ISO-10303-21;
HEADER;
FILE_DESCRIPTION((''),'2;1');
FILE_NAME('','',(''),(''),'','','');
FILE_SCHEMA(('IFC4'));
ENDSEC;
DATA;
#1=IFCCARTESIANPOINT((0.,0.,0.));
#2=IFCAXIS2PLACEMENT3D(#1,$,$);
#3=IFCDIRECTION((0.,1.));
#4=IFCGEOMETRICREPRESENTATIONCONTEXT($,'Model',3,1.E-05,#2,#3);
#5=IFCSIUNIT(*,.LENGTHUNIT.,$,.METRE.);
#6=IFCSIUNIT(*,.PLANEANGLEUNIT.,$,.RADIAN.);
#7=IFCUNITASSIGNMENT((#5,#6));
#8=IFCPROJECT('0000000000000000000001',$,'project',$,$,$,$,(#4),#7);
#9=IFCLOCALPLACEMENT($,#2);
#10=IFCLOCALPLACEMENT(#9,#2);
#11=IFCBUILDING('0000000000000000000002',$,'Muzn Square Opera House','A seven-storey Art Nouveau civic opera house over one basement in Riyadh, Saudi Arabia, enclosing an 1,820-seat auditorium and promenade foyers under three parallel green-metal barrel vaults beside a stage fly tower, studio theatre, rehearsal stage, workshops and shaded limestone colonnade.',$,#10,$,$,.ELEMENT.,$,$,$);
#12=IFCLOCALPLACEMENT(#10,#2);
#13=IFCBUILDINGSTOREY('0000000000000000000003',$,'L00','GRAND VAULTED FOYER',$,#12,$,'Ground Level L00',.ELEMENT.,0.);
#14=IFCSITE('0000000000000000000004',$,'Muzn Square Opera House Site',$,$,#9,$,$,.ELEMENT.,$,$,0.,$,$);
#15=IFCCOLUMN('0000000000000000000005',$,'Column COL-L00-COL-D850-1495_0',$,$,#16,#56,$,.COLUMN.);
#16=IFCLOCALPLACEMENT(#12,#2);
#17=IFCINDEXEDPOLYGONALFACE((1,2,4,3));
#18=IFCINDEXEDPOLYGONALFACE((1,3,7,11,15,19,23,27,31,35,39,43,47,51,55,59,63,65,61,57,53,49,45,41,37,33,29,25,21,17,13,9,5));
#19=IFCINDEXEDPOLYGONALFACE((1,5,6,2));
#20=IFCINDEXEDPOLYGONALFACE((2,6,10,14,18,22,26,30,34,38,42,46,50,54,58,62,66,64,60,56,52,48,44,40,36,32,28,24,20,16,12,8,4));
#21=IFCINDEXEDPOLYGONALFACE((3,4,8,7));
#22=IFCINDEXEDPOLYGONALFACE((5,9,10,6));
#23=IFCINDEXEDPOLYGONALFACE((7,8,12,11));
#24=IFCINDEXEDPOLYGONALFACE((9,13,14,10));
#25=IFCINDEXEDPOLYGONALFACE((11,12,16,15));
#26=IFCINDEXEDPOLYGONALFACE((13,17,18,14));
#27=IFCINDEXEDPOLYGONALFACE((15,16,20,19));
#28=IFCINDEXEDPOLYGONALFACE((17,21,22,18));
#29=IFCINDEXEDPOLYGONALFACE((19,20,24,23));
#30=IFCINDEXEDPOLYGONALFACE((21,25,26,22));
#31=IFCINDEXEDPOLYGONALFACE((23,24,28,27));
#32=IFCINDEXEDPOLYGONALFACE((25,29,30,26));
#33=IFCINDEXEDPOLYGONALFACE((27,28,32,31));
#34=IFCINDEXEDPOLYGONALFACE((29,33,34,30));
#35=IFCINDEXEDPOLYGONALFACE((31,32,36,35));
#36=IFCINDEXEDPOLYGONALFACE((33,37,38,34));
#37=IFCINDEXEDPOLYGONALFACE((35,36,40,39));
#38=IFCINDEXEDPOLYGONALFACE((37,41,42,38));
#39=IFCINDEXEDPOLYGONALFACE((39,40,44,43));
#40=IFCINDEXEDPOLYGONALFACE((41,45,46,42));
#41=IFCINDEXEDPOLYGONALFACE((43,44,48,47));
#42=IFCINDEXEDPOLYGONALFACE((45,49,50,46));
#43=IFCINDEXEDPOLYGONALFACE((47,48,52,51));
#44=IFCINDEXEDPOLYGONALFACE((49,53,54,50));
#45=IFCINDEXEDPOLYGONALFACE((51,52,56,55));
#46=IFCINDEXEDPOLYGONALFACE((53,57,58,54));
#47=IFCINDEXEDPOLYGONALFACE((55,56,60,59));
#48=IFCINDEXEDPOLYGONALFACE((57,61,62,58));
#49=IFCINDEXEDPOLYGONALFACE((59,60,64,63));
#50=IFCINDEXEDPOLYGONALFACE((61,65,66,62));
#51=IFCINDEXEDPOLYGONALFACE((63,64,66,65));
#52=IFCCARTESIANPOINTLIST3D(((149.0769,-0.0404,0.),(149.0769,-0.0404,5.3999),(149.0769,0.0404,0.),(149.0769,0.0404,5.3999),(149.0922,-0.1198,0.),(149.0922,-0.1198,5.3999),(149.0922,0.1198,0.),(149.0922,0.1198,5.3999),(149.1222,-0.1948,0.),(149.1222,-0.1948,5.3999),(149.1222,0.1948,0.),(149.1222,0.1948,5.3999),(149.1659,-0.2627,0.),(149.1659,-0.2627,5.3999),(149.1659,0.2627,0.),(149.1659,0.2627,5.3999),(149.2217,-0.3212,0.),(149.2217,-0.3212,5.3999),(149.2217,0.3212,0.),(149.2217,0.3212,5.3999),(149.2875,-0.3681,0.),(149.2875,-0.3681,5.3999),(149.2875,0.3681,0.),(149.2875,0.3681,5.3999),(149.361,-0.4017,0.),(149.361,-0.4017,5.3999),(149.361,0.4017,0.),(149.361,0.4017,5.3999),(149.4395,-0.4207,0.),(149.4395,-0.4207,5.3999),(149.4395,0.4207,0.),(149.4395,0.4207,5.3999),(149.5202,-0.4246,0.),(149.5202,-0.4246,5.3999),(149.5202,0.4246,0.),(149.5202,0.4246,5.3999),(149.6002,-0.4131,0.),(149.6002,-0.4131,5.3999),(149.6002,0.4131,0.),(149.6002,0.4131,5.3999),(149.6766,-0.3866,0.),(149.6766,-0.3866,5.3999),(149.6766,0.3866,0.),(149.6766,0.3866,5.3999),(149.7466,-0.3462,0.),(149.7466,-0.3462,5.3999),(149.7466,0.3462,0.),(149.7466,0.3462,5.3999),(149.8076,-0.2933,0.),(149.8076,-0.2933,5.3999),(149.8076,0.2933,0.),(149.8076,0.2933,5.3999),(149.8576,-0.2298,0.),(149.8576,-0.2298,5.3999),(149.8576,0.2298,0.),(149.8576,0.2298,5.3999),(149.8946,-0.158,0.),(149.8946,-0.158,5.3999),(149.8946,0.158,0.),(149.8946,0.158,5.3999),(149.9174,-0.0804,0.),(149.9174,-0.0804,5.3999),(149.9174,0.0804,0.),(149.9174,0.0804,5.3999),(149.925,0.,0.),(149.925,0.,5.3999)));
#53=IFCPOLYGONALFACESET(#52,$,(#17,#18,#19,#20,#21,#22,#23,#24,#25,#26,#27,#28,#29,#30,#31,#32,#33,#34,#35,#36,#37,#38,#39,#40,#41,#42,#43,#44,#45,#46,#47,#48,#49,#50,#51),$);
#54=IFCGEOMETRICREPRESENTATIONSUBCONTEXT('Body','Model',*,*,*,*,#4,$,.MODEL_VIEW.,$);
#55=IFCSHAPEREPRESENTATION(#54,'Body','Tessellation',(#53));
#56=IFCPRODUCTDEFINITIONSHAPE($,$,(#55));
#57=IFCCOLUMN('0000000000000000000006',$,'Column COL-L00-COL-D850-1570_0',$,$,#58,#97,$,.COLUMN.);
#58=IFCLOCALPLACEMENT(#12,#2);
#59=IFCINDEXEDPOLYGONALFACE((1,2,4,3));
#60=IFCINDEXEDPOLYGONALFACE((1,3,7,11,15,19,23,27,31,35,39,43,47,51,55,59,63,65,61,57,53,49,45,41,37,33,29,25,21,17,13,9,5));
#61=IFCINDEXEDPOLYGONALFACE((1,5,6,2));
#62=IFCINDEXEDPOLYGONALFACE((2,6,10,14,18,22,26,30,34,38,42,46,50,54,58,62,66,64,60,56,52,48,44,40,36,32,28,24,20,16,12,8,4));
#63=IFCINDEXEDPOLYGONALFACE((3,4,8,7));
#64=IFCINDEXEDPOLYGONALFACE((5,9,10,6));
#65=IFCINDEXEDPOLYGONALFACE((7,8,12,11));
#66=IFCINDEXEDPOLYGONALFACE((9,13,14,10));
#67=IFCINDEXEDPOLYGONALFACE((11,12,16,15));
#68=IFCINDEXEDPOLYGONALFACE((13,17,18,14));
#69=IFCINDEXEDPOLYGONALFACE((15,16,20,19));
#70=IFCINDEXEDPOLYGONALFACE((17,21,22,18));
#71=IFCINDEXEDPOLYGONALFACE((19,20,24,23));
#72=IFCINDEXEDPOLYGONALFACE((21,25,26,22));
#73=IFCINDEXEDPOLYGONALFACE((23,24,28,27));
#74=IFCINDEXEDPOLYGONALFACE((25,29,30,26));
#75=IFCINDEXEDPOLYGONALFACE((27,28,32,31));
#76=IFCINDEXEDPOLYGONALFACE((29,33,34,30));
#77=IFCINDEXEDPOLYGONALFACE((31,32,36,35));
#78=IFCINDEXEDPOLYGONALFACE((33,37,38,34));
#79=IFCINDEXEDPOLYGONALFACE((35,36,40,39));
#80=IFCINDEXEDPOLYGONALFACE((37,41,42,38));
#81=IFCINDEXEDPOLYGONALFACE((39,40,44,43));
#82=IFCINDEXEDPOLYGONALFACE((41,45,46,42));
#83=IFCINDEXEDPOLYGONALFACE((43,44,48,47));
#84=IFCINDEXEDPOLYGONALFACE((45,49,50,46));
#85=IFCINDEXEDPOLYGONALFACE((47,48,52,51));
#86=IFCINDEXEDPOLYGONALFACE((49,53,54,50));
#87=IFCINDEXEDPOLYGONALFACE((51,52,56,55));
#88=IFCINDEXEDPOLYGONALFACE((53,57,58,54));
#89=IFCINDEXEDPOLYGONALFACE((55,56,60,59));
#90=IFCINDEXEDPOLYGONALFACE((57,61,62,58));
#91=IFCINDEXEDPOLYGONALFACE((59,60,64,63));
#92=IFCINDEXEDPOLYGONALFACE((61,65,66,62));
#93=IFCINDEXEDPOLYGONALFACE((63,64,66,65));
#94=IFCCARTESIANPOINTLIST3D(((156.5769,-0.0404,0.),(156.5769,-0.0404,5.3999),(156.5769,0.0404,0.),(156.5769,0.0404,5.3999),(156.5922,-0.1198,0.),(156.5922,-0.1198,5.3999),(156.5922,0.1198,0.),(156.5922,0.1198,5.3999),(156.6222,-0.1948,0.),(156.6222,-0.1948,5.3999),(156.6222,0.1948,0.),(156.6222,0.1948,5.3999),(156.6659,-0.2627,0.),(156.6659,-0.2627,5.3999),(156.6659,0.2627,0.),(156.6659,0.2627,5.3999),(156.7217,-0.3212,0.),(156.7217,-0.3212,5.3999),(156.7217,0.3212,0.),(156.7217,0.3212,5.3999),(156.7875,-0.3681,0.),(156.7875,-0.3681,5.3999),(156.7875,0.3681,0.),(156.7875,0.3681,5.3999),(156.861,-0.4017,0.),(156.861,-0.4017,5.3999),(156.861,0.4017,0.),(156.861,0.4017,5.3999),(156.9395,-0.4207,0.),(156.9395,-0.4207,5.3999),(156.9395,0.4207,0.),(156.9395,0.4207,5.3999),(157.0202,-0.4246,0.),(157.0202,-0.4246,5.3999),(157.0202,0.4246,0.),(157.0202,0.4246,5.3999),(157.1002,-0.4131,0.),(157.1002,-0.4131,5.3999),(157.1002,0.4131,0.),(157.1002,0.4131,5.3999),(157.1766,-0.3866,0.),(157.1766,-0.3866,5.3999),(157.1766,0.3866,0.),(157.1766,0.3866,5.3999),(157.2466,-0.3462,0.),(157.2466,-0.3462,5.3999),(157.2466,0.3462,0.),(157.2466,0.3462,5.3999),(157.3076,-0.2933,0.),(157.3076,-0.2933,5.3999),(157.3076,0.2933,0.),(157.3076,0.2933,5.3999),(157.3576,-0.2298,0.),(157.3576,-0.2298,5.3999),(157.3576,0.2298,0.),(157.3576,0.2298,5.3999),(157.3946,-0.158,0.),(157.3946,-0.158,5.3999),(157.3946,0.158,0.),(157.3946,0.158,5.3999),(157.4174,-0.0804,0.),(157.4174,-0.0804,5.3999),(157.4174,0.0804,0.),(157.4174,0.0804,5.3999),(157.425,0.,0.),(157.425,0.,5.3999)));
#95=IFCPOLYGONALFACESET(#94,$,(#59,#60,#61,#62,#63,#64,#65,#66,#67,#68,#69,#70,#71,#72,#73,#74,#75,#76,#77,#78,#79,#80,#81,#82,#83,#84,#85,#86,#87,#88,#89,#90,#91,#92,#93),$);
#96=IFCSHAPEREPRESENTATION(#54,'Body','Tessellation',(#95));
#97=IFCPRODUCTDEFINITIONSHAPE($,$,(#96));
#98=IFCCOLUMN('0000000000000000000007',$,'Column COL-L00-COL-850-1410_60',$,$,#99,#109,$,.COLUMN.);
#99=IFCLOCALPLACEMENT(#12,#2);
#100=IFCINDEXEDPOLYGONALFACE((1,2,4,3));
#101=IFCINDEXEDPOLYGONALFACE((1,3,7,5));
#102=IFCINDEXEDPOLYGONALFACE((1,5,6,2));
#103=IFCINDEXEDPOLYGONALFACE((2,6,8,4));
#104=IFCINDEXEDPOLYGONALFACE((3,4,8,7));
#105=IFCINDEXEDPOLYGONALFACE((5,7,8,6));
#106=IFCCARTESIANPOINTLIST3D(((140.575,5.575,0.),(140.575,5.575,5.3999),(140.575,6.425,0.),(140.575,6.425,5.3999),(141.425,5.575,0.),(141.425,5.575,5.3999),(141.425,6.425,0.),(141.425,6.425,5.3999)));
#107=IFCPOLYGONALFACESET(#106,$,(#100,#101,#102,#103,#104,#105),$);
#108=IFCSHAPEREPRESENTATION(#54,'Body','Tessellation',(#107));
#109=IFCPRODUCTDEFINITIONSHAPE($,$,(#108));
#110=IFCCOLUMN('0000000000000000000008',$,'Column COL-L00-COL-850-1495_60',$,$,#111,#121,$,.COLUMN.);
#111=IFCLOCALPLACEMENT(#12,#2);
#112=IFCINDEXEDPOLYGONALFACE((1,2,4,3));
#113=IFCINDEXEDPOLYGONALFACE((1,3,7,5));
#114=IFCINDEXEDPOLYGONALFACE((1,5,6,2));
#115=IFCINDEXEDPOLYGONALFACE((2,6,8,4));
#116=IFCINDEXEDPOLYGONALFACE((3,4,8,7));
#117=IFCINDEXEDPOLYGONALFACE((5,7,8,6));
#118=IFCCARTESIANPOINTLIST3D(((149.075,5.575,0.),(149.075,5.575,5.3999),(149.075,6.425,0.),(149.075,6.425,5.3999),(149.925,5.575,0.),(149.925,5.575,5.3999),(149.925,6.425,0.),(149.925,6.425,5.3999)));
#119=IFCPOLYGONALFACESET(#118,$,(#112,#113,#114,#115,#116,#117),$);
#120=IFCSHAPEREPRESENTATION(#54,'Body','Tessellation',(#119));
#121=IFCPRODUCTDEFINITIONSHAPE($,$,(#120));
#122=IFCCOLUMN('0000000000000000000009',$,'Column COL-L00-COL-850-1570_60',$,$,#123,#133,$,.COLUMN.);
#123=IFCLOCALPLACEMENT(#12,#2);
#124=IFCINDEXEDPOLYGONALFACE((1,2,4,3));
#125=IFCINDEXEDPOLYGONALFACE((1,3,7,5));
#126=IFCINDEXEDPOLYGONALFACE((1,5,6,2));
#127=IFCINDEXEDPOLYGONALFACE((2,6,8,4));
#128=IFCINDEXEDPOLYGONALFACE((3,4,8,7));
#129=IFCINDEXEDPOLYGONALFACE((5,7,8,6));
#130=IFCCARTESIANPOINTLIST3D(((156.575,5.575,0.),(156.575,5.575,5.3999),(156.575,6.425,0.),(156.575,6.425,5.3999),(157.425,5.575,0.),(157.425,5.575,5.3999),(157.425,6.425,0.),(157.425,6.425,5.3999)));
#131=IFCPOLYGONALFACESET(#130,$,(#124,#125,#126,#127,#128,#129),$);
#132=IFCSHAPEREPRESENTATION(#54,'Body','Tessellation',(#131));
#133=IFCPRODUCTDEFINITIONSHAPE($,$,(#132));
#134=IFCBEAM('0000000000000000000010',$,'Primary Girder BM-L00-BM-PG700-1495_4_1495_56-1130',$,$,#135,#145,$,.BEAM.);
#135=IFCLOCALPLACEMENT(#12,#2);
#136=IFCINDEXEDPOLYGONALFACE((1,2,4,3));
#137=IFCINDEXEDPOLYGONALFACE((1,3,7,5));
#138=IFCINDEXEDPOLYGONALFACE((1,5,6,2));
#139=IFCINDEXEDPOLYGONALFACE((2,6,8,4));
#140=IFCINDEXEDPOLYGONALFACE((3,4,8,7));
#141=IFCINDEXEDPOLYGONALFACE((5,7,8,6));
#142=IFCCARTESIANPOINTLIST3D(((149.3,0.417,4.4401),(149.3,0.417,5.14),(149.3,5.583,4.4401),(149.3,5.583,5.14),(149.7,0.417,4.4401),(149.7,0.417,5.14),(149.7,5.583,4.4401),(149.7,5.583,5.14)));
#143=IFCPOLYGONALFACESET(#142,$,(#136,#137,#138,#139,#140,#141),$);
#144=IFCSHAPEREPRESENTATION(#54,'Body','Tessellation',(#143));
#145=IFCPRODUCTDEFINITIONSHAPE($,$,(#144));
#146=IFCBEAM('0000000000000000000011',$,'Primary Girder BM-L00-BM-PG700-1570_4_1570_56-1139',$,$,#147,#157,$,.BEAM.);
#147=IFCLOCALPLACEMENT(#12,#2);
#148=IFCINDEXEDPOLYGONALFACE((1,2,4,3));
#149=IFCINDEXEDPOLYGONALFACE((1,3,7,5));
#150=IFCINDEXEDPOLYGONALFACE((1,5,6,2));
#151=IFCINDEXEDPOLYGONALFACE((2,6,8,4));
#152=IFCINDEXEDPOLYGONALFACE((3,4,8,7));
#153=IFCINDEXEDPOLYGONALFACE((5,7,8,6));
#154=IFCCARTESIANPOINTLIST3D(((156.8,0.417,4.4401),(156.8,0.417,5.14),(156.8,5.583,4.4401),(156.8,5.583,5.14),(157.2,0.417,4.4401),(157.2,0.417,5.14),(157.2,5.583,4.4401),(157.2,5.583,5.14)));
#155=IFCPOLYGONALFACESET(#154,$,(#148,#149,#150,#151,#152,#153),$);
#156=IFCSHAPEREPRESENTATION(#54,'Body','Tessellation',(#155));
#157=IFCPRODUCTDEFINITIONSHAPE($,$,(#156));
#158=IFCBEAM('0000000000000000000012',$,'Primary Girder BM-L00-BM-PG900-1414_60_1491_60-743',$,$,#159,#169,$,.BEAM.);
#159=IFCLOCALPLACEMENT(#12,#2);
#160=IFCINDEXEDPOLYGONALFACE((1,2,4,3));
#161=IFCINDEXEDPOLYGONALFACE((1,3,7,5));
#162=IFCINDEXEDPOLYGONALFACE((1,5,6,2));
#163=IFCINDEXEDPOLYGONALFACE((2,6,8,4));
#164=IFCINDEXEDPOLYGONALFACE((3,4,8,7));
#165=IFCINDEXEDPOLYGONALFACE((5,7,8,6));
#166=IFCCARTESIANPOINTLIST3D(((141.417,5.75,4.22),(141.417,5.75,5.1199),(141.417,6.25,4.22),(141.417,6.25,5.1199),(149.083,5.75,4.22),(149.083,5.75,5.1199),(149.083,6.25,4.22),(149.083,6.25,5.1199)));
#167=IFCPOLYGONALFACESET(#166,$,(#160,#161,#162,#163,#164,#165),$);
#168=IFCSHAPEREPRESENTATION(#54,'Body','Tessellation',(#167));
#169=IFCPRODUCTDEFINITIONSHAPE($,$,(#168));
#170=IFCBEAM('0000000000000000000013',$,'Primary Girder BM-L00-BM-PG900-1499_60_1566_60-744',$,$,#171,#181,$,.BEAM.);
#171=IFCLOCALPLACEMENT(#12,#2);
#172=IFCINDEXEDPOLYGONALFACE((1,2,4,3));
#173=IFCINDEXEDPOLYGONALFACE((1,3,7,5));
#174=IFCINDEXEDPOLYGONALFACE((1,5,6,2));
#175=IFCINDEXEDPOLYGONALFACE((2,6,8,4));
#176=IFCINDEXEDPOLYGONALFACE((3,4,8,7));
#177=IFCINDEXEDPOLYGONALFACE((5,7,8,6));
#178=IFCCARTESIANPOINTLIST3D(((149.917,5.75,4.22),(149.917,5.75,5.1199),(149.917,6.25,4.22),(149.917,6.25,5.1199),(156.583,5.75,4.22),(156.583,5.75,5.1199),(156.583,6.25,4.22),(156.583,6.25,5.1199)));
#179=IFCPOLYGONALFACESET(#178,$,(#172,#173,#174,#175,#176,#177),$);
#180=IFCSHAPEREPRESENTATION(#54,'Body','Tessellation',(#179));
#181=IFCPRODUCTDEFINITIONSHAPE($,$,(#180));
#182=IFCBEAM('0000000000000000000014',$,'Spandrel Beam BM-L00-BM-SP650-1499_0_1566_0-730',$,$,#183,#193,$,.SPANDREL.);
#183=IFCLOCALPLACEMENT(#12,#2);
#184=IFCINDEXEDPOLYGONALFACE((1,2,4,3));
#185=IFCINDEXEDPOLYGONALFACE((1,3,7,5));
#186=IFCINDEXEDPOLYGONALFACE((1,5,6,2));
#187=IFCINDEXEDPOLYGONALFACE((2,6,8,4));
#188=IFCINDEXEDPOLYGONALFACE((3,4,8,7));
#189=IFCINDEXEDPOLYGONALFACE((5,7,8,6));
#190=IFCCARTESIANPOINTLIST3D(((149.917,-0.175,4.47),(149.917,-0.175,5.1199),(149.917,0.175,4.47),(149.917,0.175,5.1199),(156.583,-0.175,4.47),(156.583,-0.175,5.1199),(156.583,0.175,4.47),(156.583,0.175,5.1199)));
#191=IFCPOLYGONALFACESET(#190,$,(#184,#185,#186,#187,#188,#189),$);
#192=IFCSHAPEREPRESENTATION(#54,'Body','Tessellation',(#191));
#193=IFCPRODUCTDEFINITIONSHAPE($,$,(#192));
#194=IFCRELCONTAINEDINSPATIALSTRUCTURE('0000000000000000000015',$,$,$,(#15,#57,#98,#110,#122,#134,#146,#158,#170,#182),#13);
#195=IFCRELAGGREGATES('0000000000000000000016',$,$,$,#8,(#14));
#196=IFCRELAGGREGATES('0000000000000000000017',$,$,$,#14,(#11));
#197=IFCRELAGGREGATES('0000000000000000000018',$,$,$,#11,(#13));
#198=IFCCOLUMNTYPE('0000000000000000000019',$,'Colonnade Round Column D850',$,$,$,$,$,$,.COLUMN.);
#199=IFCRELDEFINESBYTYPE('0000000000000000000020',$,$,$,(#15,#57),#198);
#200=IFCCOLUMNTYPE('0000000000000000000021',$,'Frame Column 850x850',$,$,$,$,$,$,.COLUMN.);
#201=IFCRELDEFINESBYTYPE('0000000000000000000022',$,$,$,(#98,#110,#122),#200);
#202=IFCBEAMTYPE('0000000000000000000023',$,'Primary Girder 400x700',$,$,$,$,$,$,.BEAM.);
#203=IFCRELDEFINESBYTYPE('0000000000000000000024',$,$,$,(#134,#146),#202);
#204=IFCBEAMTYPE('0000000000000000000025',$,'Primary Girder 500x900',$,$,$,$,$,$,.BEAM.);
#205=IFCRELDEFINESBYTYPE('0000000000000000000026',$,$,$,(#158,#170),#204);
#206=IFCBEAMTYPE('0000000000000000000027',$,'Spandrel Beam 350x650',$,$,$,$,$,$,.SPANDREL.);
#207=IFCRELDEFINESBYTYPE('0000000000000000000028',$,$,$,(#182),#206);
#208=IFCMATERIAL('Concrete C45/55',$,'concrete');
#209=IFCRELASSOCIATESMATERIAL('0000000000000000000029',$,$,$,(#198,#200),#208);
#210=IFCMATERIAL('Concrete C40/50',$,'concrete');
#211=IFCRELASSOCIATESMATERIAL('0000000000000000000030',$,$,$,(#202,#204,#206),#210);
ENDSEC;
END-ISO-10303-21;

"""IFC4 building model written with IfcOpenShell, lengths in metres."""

from ifc_helpers import new_model, si_unit, direction, frame, origin, origin_2d, place, context, subcontext, project, spatial, rectangle, circle, extrude, material, material_profile, profile_set, type_object, element, save


model = new_model("IFC4")

# Units and contexts
model_context = context("Model", 3, precision=1e-05, world=origin(), true_north=direction((0.0, 1.0)))
body_context = subcontext(model_context, "Body", "Model", "MODEL_VIEW")
ifc_project = project(units=[si_unit("LENGTHUNIT", "METRE"), si_unit("PLANEANGLEUNIT", "RADIAN")], contexts=[model_context])

# Site, building, storey
site_placement = place(None, origin())
site = spatial("IfcSite", under=ifc_project, at=site_placement, Name="Muzn Square Opera House Site", CompositionType="ELEMENT", RefElevation=0.0)
building_placement = place(site_placement, origin())
building = spatial("IfcBuilding", under=site, at=building_placement, Name="Muzn Square Opera House", Description="A seven-storey Art Nouveau civic opera house over one basement in Riyadh, Saudi Arabia, enclosing an 1,820-seat auditorium and promenade foyers under three parallel green-metal barrel vaults beside a stage fly tower, studio theatre, rehearsal stage, workshops and shaded limestone colonnade.", CompositionType="ELEMENT")
storey_placement = place(building_placement, origin())
storey = spatial("IfcBuildingStorey", under=building, at=storey_placement, Name="L00", Description="GRAND VAULTED FOYER", LongName="Ground Level L00", CompositionType="ELEMENT", Elevation=0.0)

# Columns
ifc_material_1 = material(Name="Concrete C45/55", Category="concrete")
ifc_material_profile_1 = material_profile(ifc_material_1, circle(Radius=0.425, at=origin_2d()), Name="RCC D850", Category="concrete")
ifc_profile_set_1 = profile_set([ifc_material_profile_1], Name="Concrete C45/55")
column_type_1 = type_object("IfcColumnType", Name="Colonnade Round Column D850", PredefinedType="COLUMN", material=ifc_profile_set_1)
for number, where, z_axis, x_axis, name in (
    (1, (149.5, 0.0, 0.0), (0.0, 0.0, 1.0), (1.0, 0.0, 0.0), "Column COL-L00-COL-D850-1495_0"),
    (2, (157.0, 0.0, 0.0), (0.0, 0.0, 1.0), (1.0, 0.0, 0.0), "Column COL-L00-COL-D850-1570_0"),
):
    element("IfcColumn", number, at=place(storey_placement, frame(where, z_axis=z_axis, x_axis=x_axis)), inside=storey, type_object=column_type_1, Name=name, PredefinedType="COLUMN", context=body_context, shape_type="SweptSolid", body=[
        extrude(circle(Radius=0.425, at=origin_2d()), origin(), (0.0, 0.0, 1.0), 5.3999),
    ])
ifc_material_profile_2 = material_profile(ifc_material_1, rectangle(XDim=0.8501, YDim=0.8501, at=origin_2d()), Name="RC 850x850", Category="concrete")
ifc_profile_set_2 = profile_set([ifc_material_profile_2], Name="Concrete C45/55")
column_type_2 = type_object("IfcColumnType", Name="Frame Column 850x850", PredefinedType="COLUMN", material=ifc_profile_set_2)
for number, where, z_axis, x_axis, name in (
    (3, (141.0, 6.0, 0.0), (0.0, 0.0, 1.0), (1.0, 0.0, 0.0), "Column COL-L00-COL-850-1410_60"),
    (4, (149.5, 6.0, 0.0), (0.0, 0.0, 1.0), (1.0, 0.0, 0.0), "Column COL-L00-COL-850-1495_60"),
    (5, (157.0, 6.0, 0.0), (0.0, 0.0, 1.0), (1.0, 0.0, 0.0), "Column COL-L00-COL-850-1570_60"),
):
    element("IfcColumn", number, at=place(storey_placement, frame(where, z_axis=z_axis, x_axis=x_axis)), inside=storey, type_object=column_type_2, Name=name, PredefinedType="COLUMN", context=body_context, shape_type="SweptSolid", body=[
        extrude(rectangle(XDim=0.8501, YDim=0.8501, at=origin_2d()), origin(), (0.0, 0.0, 1.0), 5.3999),
    ])

# Beams
ifc_material_2 = material(Name="Concrete C40/50", Category="concrete")
ifc_material_profile_3 = material_profile(ifc_material_2, rectangle(XDim=0.3999, YDim=0.7, at=origin_2d()), Name="RCB 400x700", Category="concrete")
ifc_profile_set_3 = profile_set([ifc_material_profile_3], Name="Concrete C40/50")
beam_type_1 = type_object("IfcBeamType", Name="Primary Girder 400x700", PredefinedType="BEAM", material=ifc_profile_set_3)
for number, where, z_axis, x_axis, name in (
    (6, (149.5, 0.417, 4.79), (0.0, 1.0, 0.0), (-1.0, 0.0, 0.0), "Primary Girder BM-L00-BM-PG700-1495_4_1495_56-1130"),
    (7, (157.0, 0.417, 4.79), (0.0, 1.0, 0.0), (-1.0, 0.0, 0.0), "Primary Girder BM-L00-BM-PG700-1570_4_1570_56-1139"),
):
    element("IfcBeam", number, at=place(storey_placement, frame(where, z_axis=z_axis, x_axis=x_axis)), inside=storey, type_object=beam_type_1, Name=name, PredefinedType="BEAM", context=body_context, shape_type="SweptSolid", body=[
        extrude(rectangle(XDim=0.3999, YDim=0.7, at=origin_2d()), origin(), (0.0, 0.0, 1.0), 5.166),
    ])
ifc_material_profile_4 = material_profile(ifc_material_2, rectangle(XDim=0.5, YDim=0.8999, at=origin_2d()), Name="RCB 500x900", Category="concrete")
ifc_profile_set_4 = profile_set([ifc_material_profile_4], Name="Concrete C40/50")
beam_type_2 = type_object("IfcBeamType", Name="Primary Girder 500x900", PredefinedType="BEAM", material=ifc_profile_set_4)
beam_1_placement = place(storey_placement, frame((141.417, 6.0, 4.6699), z_axis=(1.0, 0.0, 0.0), x_axis=(0.0, 1.0, 0.0)))
element("IfcBeam", 8, at=beam_1_placement, inside=storey, type_object=beam_type_2, Name="Primary Girder BM-L00-BM-PG900-1414_60_1491_60-743", PredefinedType="BEAM", context=body_context, shape_type="SweptSolid", body=[
    extrude(rectangle(XDim=0.5, YDim=0.8999, at=origin_2d()), origin(), (0.0, 0.0, 1.0), 7.666),
])
beam_2_placement = place(storey_placement, frame((149.917, 6.0, 4.6699), z_axis=(1.0, 0.0, 0.0), x_axis=(0.0, 1.0, 0.0)))
element("IfcBeam", 9, at=beam_2_placement, inside=storey, type_object=beam_type_2, Name="Primary Girder BM-L00-BM-PG900-1499_60_1566_60-744", PredefinedType="BEAM", context=body_context, shape_type="SweptSolid", body=[
    extrude(rectangle(XDim=0.5, YDim=0.8999, at=origin_2d()), origin(), (0.0, 0.0, 1.0), 6.666),
])
ifc_material_profile_5 = material_profile(ifc_material_2, rectangle(XDim=0.3501, YDim=0.6499, at=origin_2d()), Name="RCS 350x650", Category="concrete")
ifc_profile_set_5 = profile_set([ifc_material_profile_5], Name="Concrete C40/50")
beam_type_3 = type_object("IfcBeamType", Name="Spandrel Beam 350x650", PredefinedType="SPANDREL", material=ifc_profile_set_5)
beam_3_placement = place(storey_placement, frame((149.917, 0.0, 4.7949), z_axis=(1.0, 0.0, 0.0), x_axis=(0.0, 1.0, 0.0)))
element("IfcBeam", 10, at=beam_3_placement, inside=storey, type_object=beam_type_3, Name="Spandrel Beam BM-L00-BM-SP650-1499_0_1566_0-730", PredefinedType="SPANDREL", context=body_context, shape_type="SweptSolid", body=[
    extrude(rectangle(XDim=0.3501, YDim=0.6499, at=origin_2d()), origin(), (0.0, 0.0, 1.0), 6.666),
])

save(model, "model.ifc")
